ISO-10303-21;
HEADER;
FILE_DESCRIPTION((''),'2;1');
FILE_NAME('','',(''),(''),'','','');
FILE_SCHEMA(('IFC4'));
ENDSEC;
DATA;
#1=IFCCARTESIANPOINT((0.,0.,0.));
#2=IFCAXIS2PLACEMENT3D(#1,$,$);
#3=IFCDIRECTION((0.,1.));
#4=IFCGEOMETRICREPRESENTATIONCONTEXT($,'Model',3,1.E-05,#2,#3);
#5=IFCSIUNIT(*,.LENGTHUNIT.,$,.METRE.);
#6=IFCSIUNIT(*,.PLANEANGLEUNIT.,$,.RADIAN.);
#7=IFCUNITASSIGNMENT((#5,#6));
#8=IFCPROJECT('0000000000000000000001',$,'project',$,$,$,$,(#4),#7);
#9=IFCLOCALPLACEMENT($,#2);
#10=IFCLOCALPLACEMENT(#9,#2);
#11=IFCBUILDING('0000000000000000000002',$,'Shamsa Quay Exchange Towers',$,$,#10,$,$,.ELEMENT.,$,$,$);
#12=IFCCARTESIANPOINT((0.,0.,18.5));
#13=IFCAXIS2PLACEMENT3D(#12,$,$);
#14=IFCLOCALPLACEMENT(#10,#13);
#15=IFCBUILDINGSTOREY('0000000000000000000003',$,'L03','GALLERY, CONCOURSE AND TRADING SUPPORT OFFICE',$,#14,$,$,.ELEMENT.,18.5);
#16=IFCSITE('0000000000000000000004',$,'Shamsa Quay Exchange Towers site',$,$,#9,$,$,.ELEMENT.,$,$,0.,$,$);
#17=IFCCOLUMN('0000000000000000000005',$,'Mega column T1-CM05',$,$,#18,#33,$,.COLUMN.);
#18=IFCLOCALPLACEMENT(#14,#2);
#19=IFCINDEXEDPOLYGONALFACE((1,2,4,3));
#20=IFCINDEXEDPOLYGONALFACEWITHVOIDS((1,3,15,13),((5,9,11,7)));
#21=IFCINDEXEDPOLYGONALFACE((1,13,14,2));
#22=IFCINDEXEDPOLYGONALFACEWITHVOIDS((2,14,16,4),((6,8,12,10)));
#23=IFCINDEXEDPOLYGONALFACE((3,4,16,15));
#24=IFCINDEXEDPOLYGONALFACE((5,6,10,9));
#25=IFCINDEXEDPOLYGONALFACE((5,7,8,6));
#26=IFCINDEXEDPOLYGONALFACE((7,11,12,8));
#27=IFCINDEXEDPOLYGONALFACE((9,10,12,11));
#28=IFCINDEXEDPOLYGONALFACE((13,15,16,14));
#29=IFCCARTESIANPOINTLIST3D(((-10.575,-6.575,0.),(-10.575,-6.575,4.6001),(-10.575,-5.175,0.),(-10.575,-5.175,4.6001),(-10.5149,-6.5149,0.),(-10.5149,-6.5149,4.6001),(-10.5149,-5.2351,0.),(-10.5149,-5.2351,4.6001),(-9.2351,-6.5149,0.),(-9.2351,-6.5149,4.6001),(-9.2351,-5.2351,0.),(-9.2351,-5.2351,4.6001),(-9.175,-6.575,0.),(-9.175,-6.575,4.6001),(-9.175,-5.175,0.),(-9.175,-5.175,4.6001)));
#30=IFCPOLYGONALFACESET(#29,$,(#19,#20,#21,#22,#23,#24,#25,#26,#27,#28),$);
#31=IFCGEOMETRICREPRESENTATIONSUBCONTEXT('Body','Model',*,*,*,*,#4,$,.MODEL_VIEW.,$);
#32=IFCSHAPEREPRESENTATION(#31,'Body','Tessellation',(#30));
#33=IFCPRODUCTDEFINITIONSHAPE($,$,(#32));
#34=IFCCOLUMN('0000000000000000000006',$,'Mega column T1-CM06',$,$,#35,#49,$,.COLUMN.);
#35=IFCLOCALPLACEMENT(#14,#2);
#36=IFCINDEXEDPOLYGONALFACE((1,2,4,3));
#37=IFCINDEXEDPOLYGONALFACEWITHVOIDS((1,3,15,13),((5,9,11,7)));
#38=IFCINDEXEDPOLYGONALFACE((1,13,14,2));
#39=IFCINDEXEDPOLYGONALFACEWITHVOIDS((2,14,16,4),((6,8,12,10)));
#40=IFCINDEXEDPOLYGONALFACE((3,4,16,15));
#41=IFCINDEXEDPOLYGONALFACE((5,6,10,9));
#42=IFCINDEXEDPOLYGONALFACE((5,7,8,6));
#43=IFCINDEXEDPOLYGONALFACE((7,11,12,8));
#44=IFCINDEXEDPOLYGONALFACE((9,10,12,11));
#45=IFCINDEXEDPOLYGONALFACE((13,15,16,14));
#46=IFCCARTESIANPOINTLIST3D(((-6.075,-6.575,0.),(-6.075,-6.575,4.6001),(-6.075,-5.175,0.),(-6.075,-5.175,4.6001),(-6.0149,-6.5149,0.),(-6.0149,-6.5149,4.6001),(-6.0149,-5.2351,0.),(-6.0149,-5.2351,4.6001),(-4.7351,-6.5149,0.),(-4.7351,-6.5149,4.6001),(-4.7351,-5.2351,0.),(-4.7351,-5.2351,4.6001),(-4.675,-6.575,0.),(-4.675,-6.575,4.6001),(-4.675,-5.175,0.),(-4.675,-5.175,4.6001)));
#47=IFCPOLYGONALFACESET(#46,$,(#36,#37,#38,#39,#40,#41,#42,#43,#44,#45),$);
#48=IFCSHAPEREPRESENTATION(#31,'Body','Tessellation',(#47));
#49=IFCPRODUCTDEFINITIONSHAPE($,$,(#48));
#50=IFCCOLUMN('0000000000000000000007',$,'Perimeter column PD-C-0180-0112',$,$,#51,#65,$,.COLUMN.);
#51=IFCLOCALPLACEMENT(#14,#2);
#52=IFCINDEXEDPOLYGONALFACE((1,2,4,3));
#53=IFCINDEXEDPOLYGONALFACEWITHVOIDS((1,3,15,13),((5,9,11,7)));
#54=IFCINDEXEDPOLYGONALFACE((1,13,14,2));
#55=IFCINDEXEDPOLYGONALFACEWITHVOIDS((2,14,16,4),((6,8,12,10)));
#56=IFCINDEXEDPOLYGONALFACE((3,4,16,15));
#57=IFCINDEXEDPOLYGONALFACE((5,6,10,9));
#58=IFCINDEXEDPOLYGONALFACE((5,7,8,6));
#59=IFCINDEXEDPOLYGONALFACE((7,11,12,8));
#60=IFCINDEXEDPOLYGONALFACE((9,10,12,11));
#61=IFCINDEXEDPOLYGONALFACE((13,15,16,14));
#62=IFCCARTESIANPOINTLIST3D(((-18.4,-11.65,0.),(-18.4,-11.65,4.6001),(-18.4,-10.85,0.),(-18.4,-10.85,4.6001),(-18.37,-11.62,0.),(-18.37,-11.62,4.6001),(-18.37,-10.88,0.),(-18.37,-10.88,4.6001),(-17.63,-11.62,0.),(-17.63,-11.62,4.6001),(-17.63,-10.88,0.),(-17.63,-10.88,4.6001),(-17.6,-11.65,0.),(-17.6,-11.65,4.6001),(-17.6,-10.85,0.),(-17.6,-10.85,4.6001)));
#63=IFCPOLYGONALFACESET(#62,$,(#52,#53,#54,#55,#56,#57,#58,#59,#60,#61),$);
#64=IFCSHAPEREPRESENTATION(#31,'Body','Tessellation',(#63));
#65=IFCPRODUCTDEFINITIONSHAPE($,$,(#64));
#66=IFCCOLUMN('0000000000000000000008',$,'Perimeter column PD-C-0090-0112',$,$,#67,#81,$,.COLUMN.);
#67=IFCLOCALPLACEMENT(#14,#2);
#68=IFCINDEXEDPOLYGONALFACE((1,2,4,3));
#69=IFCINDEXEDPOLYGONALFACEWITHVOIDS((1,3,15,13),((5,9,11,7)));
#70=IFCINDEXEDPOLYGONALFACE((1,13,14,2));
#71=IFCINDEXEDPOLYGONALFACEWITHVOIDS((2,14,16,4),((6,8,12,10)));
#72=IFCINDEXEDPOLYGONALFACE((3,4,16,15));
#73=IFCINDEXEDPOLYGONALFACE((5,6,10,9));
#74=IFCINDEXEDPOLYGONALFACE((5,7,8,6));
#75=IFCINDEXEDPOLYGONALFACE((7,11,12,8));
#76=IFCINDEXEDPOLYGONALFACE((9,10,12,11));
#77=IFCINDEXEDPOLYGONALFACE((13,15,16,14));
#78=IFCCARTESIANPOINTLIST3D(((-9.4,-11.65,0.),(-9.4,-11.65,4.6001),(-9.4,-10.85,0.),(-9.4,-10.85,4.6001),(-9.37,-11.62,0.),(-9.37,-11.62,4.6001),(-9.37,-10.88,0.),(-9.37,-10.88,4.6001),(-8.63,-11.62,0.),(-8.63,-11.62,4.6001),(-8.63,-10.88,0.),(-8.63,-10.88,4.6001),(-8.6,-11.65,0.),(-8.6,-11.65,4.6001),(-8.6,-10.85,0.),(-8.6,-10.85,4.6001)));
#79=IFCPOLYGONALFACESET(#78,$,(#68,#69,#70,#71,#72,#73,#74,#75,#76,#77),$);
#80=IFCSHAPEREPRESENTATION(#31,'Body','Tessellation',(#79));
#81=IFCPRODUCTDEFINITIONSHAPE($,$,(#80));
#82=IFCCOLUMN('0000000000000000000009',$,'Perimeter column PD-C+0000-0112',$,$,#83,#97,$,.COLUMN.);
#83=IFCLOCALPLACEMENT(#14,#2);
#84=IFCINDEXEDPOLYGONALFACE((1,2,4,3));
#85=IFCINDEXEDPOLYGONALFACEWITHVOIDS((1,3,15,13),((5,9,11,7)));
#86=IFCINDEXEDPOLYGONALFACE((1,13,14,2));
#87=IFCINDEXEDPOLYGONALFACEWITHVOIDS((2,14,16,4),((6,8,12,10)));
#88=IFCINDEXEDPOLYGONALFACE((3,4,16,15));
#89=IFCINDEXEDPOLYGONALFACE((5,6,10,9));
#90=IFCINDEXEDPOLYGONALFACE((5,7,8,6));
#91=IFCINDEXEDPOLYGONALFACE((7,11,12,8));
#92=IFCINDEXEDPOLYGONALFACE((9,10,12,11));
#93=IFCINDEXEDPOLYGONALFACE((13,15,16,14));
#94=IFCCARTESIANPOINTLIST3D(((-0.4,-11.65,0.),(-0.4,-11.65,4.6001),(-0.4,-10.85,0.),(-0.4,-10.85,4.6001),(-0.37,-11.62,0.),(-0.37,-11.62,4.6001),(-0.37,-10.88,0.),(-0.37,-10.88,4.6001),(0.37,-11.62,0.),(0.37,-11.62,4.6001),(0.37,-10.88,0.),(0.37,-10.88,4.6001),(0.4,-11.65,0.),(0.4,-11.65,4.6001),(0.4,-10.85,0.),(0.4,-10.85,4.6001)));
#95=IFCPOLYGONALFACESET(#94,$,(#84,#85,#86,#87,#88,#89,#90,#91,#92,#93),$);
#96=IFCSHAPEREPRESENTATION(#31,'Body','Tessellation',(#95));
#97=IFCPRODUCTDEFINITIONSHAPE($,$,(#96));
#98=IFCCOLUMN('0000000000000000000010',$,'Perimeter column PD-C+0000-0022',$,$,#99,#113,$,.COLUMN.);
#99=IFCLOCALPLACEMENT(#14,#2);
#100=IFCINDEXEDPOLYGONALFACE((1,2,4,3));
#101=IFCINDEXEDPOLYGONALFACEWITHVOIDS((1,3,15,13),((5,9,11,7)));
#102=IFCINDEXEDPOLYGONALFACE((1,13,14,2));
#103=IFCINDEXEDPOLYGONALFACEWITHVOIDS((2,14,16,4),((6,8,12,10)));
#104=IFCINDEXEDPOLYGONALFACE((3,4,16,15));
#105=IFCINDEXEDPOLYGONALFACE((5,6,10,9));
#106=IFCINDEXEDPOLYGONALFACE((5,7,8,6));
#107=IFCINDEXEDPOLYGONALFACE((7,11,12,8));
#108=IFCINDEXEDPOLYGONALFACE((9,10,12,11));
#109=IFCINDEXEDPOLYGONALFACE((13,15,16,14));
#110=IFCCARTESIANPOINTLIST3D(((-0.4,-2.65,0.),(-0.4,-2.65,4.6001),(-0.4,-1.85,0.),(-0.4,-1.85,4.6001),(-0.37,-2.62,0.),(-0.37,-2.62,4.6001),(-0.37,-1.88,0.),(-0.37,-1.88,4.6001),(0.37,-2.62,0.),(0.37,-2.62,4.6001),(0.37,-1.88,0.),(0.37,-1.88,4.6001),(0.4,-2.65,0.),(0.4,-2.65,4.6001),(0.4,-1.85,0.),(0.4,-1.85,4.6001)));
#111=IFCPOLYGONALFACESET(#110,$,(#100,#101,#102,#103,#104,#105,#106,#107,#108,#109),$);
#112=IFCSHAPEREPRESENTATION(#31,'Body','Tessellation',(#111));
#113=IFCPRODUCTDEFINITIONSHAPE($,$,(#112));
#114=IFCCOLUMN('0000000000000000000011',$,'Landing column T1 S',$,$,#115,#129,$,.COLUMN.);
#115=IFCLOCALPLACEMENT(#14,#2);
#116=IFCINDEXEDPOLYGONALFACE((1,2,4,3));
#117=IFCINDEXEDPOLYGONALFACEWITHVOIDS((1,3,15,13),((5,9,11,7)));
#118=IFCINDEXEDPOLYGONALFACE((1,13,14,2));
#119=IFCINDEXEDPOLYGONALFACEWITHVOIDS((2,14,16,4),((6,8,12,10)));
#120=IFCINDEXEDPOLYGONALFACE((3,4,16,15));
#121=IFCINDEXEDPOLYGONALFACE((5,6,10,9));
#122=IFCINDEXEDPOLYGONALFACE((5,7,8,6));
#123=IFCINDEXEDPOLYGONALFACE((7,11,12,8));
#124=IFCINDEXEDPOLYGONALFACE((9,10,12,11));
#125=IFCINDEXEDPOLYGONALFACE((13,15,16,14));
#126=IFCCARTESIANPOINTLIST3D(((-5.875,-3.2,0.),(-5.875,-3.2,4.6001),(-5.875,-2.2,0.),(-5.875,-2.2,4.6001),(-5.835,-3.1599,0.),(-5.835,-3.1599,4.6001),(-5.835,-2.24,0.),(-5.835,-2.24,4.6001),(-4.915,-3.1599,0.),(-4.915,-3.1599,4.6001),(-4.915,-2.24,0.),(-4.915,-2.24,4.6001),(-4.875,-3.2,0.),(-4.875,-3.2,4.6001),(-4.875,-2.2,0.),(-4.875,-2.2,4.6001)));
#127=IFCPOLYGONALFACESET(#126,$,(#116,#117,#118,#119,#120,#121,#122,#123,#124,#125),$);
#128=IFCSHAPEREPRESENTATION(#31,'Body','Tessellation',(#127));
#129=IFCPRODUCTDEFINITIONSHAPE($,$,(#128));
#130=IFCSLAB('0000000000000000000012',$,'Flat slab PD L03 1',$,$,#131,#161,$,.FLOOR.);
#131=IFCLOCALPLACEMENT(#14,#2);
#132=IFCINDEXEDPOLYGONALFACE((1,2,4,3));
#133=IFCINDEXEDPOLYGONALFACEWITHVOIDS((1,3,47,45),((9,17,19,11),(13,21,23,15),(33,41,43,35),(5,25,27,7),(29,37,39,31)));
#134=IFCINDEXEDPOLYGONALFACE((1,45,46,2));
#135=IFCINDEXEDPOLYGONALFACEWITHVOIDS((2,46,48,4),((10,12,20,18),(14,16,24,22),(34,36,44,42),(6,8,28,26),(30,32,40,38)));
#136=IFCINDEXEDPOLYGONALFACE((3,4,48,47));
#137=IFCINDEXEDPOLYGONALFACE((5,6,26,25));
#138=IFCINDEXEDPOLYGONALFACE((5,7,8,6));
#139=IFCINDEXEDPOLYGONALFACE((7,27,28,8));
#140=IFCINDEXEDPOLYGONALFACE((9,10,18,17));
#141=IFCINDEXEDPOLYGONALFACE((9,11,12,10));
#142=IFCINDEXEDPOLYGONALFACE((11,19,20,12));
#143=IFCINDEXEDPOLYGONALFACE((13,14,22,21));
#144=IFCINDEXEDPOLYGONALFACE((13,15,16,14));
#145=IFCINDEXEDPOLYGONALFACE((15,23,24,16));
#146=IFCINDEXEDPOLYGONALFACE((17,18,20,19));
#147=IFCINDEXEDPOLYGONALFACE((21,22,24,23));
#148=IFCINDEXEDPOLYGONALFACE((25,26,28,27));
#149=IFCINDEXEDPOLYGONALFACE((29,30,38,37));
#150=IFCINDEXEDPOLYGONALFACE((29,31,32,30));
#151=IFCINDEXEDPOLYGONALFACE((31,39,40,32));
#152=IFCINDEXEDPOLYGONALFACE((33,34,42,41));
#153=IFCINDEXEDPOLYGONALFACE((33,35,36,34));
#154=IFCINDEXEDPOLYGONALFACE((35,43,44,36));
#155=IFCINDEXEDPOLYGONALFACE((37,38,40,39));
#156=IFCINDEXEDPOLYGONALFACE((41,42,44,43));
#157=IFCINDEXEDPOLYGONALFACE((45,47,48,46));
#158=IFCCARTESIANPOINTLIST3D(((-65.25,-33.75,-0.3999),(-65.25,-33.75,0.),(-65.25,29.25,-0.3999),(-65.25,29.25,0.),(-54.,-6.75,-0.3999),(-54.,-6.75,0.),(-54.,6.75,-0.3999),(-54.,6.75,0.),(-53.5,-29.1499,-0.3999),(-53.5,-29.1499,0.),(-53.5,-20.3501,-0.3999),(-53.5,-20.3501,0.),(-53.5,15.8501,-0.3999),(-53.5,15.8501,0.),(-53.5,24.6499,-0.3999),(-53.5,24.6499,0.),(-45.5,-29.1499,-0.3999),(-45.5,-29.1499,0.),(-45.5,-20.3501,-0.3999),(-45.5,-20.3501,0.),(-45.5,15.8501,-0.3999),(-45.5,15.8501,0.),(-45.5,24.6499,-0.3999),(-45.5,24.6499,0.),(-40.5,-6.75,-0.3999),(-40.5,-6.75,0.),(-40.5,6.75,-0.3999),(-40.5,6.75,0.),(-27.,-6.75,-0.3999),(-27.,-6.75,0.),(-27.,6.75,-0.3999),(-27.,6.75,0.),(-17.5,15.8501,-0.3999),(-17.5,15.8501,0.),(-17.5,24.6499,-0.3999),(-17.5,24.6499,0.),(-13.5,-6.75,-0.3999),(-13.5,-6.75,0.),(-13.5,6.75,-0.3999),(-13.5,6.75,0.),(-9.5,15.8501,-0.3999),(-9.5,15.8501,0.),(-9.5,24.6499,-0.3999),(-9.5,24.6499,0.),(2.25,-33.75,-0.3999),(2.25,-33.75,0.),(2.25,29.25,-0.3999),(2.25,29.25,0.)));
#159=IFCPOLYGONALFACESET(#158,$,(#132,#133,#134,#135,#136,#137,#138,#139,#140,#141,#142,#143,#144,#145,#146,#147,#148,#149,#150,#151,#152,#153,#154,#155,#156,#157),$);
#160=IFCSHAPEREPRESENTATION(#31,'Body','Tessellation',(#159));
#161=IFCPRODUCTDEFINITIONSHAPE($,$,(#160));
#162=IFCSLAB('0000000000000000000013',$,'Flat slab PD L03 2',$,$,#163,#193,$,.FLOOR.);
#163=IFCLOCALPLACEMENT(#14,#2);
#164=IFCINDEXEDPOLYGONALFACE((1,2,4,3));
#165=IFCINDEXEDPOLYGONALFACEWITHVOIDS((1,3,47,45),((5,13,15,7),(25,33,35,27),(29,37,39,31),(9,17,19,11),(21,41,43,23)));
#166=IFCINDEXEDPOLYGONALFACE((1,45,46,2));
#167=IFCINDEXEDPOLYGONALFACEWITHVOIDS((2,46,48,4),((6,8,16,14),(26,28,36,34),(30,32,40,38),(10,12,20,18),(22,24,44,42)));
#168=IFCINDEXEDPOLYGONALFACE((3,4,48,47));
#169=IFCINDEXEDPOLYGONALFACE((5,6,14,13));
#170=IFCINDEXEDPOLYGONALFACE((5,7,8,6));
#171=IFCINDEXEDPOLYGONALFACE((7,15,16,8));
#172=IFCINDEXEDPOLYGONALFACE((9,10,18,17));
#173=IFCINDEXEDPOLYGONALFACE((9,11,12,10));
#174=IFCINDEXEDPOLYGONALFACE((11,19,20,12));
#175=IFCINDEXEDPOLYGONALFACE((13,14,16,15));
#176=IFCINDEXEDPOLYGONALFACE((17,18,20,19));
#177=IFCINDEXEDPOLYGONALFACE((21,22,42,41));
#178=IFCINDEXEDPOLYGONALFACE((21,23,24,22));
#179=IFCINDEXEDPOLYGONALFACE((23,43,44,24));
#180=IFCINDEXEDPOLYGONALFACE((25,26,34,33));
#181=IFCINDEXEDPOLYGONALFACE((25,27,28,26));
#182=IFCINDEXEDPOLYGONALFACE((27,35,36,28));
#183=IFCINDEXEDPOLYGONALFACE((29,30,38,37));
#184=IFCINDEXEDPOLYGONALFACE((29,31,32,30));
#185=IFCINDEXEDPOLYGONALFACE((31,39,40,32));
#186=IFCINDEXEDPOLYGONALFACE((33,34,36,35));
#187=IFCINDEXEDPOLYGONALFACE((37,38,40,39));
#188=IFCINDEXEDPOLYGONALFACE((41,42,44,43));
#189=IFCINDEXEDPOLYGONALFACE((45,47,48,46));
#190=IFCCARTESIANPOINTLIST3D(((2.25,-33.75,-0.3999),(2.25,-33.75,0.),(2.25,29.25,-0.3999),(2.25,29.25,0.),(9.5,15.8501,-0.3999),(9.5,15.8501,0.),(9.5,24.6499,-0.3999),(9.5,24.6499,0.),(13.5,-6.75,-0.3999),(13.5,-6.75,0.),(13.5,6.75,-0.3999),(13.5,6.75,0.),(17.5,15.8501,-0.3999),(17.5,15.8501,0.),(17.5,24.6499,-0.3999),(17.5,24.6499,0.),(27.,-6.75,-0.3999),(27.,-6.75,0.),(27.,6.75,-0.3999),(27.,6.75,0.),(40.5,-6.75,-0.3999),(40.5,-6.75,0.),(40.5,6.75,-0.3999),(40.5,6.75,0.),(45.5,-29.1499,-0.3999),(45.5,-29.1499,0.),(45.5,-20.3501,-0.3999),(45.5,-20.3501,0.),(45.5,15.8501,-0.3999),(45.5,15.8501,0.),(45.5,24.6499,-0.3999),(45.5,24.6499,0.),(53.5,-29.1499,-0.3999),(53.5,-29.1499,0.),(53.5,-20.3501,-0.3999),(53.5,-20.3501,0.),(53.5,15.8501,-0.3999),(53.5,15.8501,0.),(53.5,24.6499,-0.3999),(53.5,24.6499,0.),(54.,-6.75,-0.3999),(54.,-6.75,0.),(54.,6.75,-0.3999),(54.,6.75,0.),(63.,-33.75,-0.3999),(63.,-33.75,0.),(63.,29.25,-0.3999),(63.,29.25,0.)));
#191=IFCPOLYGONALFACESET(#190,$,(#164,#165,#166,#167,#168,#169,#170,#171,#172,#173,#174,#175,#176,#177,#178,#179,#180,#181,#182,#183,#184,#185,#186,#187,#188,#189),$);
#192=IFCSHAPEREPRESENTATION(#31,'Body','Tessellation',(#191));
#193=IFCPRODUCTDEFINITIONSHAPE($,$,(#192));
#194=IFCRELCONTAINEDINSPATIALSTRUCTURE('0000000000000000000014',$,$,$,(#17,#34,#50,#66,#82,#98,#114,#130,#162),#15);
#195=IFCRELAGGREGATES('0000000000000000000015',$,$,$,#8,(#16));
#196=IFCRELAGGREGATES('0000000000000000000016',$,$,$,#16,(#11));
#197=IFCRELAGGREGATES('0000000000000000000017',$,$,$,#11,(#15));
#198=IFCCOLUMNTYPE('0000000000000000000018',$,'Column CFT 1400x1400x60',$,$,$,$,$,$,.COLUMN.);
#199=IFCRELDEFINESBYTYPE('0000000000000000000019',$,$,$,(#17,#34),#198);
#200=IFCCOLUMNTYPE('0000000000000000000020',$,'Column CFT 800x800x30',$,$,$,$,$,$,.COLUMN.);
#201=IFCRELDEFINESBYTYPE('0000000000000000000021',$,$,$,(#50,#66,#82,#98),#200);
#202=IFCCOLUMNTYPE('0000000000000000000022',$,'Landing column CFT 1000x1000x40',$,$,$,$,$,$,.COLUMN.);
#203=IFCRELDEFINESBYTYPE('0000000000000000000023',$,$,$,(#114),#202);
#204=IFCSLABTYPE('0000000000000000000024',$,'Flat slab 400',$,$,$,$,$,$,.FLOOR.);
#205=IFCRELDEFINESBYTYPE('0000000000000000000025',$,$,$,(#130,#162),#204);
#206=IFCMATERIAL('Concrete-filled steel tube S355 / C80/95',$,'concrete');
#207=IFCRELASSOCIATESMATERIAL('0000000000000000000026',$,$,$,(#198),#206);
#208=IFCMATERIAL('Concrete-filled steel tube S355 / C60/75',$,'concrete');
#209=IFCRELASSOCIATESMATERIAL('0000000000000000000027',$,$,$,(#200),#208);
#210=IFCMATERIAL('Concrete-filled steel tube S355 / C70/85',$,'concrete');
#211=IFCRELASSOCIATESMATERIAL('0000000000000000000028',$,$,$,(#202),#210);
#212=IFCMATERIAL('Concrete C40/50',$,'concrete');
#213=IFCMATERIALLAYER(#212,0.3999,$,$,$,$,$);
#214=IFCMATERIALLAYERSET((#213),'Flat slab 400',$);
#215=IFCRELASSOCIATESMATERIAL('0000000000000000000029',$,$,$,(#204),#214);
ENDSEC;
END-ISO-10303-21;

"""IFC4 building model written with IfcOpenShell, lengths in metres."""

from ifc_helpers import new_model, si_unit, direction, frame, origin, origin_2d, place, context, subcontext, project, spatial, polyline, hollow_rectangle, outline, extrude, material, layer, layer_set, material_profile, profile_set, type_object, element, save


model = new_model("IFC4")

# Units and contexts
model_context = context("Model", 3, precision=1e-05, world=origin(), true_north=direction((0.0, 1.0)))
body_context = subcontext(model_context, "Body", "Model", "MODEL_VIEW")
ifc_project = project(units=[si_unit("LENGTHUNIT", "METRE"), si_unit("PLANEANGLEUNIT", "RADIAN")], contexts=[model_context])

# Site, building, storey
site_placement = place(None, origin())
site = spatial("IfcSite", under=ifc_project, at=site_placement, Name="Shamsa Quay Exchange Towers site", CompositionType="ELEMENT", RefElevation=0.0)
building_placement = place(site_placement, origin())
building = spatial("IfcBuilding", under=site, at=building_placement, Name="Shamsa Quay Exchange Towers", CompositionType="ELEMENT")
storey_placement = place(building_placement, frame((0.0, 0.0, 18.5)))
storey = spatial("IfcBuildingStorey", under=building, at=storey_placement, Name="L03", Description="GALLERY, CONCOURSE AND TRADING SUPPORT OFFICE", CompositionType="ELEMENT", Elevation=18.5)

# Columns
ifc_material_1 = material(Name="Concrete-filled steel tube S355 / C80/95", Category="concrete")
ifc_material_profile_1 = material_profile(ifc_material_1, hollow_rectangle(XDim=1.3999, YDim=1.3999, WallThickness=0.0601, at=origin_2d()), Name="CFT 1400x1400x60")
ifc_profile_set_1 = profile_set([ifc_material_profile_1], Name="Concrete-filled steel tube S355 / C80/95")
column_type_1 = type_object("IfcColumnType", Name="Column CFT 1400x1400x60", PredefinedType="COLUMN", material=ifc_profile_set_1)
for number, where, name in (
    (1, (-9.875, -5.875, 0.0), "Mega column T1-CM05"),
    (2, (-5.375, -5.875, 0.0), "Mega column T1-CM06"),
):
    element("IfcColumn", number, at=place(storey_placement, frame(where)), inside=storey, type_object=column_type_1, Name=name, PredefinedType="COLUMN", context=body_context, shape_type="SweptSolid", body=[
        extrude(hollow_rectangle(XDim=1.3999, YDim=1.3999, WallThickness=0.0601, at=origin_2d()), origin(), (0.0, 0.0, 1.0), 4.6001),
    ])
ifc_material_2 = material(Name="Concrete-filled steel tube S355 / C60/75", Category="concrete")
ifc_material_profile_2 = material_profile(ifc_material_2, hollow_rectangle(XDim=0.8, YDim=0.8, WallThickness=0.03, at=origin_2d()), Name="CFT 800x800x30")
ifc_profile_set_2 = profile_set([ifc_material_profile_2], Name="Concrete-filled steel tube S355 / C60/75")
column_type_2 = type_object("IfcColumnType", Name="Column CFT 800x800x30", PredefinedType="COLUMN", material=ifc_profile_set_2)
for number, where, name in (
    (3, (-18.0, -11.25, 0.0), "Perimeter column PD-C-0180-0112"),
    (4, (-9.0, -11.25, 0.0), "Perimeter column PD-C-0090-0112"),
    (5, (0.0, -11.25, 0.0), "Perimeter column PD-C+0000-0112"),
    (6, (0.0, -2.25, 0.0), "Perimeter column PD-C+0000-0022"),
):
    element("IfcColumn", number, at=place(storey_placement, frame(where)), inside=storey, type_object=column_type_2, Name=name, PredefinedType="COLUMN", context=body_context, shape_type="SweptSolid", body=[
        extrude(hollow_rectangle(XDim=0.8, YDim=0.8, WallThickness=0.03, at=origin_2d()), origin(), (0.0, 0.0, 1.0), 4.6001),
    ])
ifc_material_3 = material(Name="Concrete-filled steel tube S355 / C70/85", Category="concrete")
ifc_material_profile_3 = material_profile(ifc_material_3, hollow_rectangle(XDim=1.0, YDim=1.0, WallThickness=0.04, at=origin_2d()), Name="CFT 1000x1000x40")
ifc_profile_set_3 = profile_set([ifc_material_profile_3], Name="Concrete-filled steel tube S355 / C70/85")
column_type_3 = type_object("IfcColumnType", Name="Landing column CFT 1000x1000x40", PredefinedType="COLUMN", material=ifc_profile_set_3)
column_placement = place(storey_placement, frame((-5.375, -2.7, 0.0)))
element("IfcColumn", 7, at=column_placement, inside=storey, type_object=column_type_3, Name="Landing column T1 S", PredefinedType="COLUMN", context=body_context, shape_type="SweptSolid", body=[
    extrude(hollow_rectangle(XDim=1.0, YDim=1.0, WallThickness=0.04, at=origin_2d()), origin(), (0.0, 0.0, 1.0), 4.6001),
])

# Slabs
ifc_material_4 = material(Name="Concrete C40/50", Category="concrete")
ifc_layer_1 = layer(ifc_material_4, 0.3999)
ifc_layer_set_1 = layer_set([ifc_layer_1], Name="Flat slab 400")
slab_type_1 = type_object("IfcSlabType", Name="Flat slab 400", PredefinedType="FLOOR", material=ifc_layer_set_1)
slab_1_placement = place(storey_placement, frame((0.0, 0.0, -0.3999)))
element("IfcSlab", 8, at=slab_1_placement, inside=storey, type_object=slab_type_1, Name="Flat slab PD L03 1", PredefinedType="FLOOR", context=body_context, shape_type="SweptSolid", body=[
    extrude(outline(polyline([(-65.25, 29.25), (-65.25, -33.75), (2.25, -33.75), (2.25, 29.25), (-65.25, 29.25)]), holes=[polyline([(-53.5, -29.1499), (-45.5, -29.1499), (-45.5, -20.3501), (-53.5, -20.3501), (-53.5, -29.1499)]), polyline([(-54.0, -6.75), (-40.5, -6.75), (-40.5, 6.75), (-54.0, 6.75), (-54.0, -6.75)]), polyline([(-27.0, 6.75), (-27.0, -6.75), (-13.5, -6.75), (-13.5, 6.75), (-27.0, 6.75)]), polyline([(-53.5, 15.8501), (-45.5, 15.8501), (-45.5, 24.6499), (-53.5, 24.6499), (-53.5, 15.8501)]), polyline([(-17.5, 15.8501), (-9.5, 15.8501), (-9.5, 24.6499), (-17.5, 24.6499), (-17.5, 15.8501)])]), origin(), (0.0, 0.0, 1.0), 0.3999),
])
slab_2_placement = place(storey_placement, frame((0.0, 0.0, -0.3999)))
element("IfcSlab", 9, at=slab_2_placement, inside=storey, type_object=slab_type_1, Name="Flat slab PD L03 2", PredefinedType="FLOOR", context=body_context, shape_type="SweptSolid", body=[
    extrude(outline(polyline([(63.0, 29.25), (2.25, 29.25), (2.25, -33.75), (63.0, -33.75), (63.0, 29.25)]), holes=[polyline([(45.5, -29.1499), (53.5, -29.1499), (53.5, -20.3501), (45.5, -20.3501), (45.5, -29.1499)]), polyline([(13.5, 6.75), (13.5, -6.75), (27.0, -6.75), (27.0, 6.75), (13.5, 6.75)]), polyline([(40.5, -6.75), (54.0, -6.75), (54.0, 6.75), (40.5, 6.75), (40.5, -6.75)]), polyline([(9.5, 24.6499), (9.5, 15.8501), (17.5, 15.8501), (17.5, 24.6499), (9.5, 24.6499)]), polyline([(45.5, 24.6499), (45.5, 15.8501), (53.5, 15.8501), (53.5, 24.6499), (45.5, 24.6499)])]), origin(), (0.0, 0.0, 1.0), 0.3999),
])

save(model, "model.ifc")
